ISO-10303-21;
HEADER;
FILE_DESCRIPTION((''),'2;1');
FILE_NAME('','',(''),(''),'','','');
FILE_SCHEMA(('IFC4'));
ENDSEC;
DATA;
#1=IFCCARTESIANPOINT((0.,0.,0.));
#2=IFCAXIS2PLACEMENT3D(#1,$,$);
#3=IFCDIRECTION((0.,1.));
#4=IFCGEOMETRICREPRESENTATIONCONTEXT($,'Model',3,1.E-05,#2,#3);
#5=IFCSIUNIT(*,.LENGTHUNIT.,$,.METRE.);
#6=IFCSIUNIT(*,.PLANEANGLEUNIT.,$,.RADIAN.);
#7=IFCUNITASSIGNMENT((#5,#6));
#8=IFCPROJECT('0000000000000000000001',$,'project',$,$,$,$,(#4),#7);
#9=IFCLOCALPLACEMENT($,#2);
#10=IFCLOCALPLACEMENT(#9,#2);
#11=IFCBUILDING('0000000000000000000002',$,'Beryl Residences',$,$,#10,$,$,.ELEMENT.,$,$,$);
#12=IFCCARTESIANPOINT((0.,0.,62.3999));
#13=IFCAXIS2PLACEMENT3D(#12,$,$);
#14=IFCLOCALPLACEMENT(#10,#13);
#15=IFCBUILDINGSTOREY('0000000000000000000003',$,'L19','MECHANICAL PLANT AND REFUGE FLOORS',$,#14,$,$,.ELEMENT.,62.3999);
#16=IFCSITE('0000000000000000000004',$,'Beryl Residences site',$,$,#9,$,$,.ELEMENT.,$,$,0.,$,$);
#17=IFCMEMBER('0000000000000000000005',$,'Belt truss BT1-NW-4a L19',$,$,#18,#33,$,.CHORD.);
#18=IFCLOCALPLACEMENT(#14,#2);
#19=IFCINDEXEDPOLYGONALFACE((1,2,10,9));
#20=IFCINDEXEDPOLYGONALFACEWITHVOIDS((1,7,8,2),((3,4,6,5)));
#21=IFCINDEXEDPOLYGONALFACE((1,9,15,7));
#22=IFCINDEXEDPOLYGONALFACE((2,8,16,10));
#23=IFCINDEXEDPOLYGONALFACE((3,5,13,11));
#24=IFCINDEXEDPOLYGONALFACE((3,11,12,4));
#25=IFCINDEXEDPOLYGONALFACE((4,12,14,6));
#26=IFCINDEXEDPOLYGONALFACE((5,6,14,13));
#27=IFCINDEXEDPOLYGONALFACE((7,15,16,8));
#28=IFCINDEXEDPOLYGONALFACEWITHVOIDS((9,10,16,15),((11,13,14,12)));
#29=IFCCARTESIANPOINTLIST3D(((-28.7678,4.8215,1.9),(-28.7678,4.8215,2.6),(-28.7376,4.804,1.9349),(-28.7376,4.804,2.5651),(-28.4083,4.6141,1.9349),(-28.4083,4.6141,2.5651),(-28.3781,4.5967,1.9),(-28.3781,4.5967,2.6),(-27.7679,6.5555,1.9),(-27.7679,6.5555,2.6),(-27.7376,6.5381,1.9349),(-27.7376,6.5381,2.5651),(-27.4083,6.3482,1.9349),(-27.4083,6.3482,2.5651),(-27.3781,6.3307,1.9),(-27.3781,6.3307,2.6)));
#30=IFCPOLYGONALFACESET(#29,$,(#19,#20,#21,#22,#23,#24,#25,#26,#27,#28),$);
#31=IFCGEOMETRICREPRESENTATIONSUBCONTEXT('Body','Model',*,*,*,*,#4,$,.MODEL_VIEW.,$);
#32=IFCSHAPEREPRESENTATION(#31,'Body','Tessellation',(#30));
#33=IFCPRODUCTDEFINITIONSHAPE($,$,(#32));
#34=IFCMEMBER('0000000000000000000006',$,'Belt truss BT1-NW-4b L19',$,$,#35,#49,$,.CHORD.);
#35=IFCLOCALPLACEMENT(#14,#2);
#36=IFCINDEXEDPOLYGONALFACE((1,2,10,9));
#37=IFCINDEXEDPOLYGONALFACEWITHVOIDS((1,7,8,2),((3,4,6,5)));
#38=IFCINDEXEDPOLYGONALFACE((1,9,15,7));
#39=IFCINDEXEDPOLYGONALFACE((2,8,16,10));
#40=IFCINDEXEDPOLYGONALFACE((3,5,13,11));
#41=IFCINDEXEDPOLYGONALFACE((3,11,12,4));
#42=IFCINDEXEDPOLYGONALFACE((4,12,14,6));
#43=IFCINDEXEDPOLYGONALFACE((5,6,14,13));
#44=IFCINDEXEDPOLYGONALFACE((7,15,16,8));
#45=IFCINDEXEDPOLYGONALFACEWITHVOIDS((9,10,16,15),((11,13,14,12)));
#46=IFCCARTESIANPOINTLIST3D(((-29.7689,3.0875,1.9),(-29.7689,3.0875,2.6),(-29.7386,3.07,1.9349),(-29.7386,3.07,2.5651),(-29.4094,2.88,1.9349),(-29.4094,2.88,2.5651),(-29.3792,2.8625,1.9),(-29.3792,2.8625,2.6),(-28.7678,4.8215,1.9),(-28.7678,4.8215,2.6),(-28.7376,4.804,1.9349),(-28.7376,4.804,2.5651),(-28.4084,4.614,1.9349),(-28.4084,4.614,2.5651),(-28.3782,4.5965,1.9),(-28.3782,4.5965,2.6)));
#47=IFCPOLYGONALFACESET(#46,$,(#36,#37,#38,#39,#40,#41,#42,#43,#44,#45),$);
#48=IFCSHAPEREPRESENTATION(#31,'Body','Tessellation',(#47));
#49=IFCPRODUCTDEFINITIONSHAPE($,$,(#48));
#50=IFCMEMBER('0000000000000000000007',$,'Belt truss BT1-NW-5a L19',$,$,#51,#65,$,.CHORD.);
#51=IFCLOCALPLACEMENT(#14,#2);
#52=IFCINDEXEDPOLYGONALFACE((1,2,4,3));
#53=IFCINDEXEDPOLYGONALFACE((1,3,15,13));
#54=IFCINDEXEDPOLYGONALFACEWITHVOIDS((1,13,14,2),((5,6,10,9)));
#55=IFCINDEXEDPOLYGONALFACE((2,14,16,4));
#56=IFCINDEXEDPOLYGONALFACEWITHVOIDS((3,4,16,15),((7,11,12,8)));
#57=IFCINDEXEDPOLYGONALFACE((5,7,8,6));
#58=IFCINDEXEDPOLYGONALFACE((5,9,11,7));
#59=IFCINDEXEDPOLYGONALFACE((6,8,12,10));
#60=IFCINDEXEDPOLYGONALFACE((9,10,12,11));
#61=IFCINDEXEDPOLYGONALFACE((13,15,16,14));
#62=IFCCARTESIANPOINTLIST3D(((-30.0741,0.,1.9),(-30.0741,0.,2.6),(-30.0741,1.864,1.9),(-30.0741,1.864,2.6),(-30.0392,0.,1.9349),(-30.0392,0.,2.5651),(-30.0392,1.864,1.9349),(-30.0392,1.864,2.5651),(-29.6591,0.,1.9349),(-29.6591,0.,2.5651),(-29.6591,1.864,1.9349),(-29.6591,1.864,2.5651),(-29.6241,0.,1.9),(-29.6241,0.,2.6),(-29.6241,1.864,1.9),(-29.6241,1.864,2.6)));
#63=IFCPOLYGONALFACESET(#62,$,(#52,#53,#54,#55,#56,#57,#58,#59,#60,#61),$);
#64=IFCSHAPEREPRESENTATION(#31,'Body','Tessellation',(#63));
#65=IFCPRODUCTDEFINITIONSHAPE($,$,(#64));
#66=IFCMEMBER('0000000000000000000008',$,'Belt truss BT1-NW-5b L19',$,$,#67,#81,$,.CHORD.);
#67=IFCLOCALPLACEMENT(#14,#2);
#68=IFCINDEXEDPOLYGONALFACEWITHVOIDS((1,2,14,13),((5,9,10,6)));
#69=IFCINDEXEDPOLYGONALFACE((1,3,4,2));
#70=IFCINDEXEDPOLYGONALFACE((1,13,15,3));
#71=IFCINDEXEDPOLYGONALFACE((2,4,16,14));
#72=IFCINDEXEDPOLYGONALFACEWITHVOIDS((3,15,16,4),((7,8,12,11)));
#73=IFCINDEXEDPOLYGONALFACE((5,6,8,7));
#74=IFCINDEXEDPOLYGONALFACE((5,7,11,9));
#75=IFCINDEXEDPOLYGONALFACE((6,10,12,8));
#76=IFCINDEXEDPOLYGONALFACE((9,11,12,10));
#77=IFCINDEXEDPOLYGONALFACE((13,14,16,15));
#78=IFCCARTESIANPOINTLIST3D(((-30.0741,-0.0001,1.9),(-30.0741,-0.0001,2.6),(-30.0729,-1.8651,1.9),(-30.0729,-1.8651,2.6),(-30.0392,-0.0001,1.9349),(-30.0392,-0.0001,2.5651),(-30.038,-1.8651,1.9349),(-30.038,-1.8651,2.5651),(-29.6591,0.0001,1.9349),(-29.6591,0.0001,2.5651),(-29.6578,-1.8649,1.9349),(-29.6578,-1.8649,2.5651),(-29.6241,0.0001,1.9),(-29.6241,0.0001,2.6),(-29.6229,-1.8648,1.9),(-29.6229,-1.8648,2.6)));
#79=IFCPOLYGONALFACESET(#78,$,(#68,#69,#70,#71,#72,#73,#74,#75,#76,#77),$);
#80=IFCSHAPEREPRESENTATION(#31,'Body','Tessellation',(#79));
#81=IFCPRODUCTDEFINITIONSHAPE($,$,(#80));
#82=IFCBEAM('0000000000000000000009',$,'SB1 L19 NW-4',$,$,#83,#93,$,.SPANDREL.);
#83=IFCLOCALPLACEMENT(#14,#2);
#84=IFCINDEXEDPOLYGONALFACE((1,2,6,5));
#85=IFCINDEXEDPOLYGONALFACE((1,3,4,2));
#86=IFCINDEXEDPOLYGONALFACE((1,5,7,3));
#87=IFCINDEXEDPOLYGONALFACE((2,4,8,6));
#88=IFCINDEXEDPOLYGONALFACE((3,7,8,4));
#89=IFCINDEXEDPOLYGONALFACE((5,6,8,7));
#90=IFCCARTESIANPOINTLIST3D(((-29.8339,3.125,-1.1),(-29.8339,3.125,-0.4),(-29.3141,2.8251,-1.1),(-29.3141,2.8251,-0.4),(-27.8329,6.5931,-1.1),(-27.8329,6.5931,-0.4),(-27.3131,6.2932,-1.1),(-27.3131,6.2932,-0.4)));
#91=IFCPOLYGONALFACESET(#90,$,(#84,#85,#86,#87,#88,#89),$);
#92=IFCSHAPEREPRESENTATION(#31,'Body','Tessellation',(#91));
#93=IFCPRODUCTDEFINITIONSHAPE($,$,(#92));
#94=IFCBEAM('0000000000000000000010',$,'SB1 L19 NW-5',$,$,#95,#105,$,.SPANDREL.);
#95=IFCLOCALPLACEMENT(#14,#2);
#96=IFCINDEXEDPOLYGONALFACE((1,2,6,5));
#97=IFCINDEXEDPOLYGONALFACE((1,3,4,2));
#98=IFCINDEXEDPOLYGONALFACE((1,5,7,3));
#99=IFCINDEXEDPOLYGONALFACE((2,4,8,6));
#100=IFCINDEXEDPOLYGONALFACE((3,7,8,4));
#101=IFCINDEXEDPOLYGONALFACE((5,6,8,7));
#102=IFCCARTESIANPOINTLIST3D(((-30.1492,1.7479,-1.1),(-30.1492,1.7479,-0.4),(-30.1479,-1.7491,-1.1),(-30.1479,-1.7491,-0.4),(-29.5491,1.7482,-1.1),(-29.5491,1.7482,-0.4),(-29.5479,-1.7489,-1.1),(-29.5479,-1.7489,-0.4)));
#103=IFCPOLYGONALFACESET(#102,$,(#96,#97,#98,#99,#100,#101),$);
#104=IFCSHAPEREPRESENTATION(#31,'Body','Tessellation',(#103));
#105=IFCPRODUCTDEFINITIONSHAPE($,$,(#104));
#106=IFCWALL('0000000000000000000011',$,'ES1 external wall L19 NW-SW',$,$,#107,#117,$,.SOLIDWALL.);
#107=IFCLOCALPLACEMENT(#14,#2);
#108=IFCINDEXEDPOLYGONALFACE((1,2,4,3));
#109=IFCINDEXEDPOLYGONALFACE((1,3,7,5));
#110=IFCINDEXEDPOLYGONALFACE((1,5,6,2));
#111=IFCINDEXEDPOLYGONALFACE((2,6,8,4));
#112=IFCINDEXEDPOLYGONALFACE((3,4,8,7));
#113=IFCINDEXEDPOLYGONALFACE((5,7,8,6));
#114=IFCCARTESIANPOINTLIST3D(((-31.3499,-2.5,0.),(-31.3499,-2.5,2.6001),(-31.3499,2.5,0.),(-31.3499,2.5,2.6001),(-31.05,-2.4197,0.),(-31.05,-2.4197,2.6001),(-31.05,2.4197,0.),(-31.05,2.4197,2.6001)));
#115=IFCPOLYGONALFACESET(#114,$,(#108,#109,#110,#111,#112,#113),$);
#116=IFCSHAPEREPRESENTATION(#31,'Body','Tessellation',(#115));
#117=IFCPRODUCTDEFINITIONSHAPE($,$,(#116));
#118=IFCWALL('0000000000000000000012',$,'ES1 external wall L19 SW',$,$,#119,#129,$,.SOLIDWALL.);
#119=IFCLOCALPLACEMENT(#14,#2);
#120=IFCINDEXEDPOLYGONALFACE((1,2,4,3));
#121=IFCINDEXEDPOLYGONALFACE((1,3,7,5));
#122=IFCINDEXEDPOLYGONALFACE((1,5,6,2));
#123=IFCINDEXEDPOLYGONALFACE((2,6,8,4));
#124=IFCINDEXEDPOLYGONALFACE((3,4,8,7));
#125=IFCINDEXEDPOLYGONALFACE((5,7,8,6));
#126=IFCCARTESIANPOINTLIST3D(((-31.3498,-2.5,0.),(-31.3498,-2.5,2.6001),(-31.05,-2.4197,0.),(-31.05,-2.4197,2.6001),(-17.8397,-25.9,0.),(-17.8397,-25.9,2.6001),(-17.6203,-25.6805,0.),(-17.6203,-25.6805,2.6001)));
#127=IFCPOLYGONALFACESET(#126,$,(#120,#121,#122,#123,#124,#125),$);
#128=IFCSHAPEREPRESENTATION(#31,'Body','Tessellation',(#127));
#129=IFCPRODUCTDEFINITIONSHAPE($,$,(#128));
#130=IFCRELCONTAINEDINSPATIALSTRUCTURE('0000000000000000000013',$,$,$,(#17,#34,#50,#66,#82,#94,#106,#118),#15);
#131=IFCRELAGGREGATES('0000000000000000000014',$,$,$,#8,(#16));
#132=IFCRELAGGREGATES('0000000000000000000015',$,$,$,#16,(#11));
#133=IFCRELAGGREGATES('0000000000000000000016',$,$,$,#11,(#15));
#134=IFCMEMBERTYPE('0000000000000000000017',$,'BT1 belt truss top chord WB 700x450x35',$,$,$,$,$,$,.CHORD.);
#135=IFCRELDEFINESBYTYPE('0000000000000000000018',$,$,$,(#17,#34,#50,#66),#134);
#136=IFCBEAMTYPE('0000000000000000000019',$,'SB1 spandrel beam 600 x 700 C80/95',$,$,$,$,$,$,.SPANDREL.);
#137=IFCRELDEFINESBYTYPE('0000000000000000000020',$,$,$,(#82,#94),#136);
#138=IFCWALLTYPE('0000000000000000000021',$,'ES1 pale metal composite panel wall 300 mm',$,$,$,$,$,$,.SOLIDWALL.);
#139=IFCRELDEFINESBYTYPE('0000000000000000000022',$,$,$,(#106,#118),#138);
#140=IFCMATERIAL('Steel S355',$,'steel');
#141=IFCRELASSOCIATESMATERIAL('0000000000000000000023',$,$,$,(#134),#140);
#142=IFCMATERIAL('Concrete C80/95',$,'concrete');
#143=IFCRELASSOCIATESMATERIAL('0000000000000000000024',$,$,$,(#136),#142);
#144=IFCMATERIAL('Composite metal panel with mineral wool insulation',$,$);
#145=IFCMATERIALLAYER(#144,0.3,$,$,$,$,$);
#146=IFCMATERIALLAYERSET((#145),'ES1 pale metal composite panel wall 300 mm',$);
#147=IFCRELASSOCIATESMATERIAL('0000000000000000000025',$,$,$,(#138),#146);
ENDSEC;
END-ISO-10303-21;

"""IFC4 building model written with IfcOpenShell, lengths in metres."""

from ifc_helpers import new_model, si_unit, direction, frame, origin, origin_2d, place, context, subcontext, project, spatial, polyline, rectangle, hollow_rectangle, outline, extrude, material, layer, layer_set, material_profile, profile_set, type_object, element, save


model = new_model("IFC4")

# Units and contexts
model_context = context("Model", 3, precision=1e-05, world=origin(), true_north=direction((0.0, 1.0)))
body_context = subcontext(model_context, "Body", "Model", "MODEL_VIEW")
ifc_project = project(units=[si_unit("LENGTHUNIT", "METRE"), si_unit("PLANEANGLEUNIT", "RADIAN")], contexts=[model_context])

# Site, building, storey
site_placement = place(None, origin())
site = spatial("IfcSite", under=ifc_project, at=site_placement, Name="Beryl Residences site", CompositionType="ELEMENT", RefElevation=0.0)
building_placement = place(site_placement, origin())
building = spatial("IfcBuilding", under=site, at=building_placement, Name="Beryl Residences", CompositionType="ELEMENT")
storey_placement = place(building_placement, frame((0.0, 0.0, 62.3999)))
storey = spatial("IfcBuildingStorey", under=building, at=storey_placement, Name="L19", Description="MECHANICAL PLANT AND REFUGE FLOORS", CompositionType="ELEMENT", Elevation=62.3999)

# Members
ifc_material_1 = material(Name="Steel S355", Category="steel")
ifc_material_profile_1 = material_profile(ifc_material_1, hollow_rectangle(XDim=0.45, YDim=0.7, WallThickness=0.0349, at=origin_2d()))
ifc_profile_set_1 = profile_set([ifc_material_profile_1], Name="Steel S355")
member_type_1 = type_object("IfcMemberType", Name="BT1 belt truss top chord WB 700x450x35", PredefinedType="CHORD", material=ifc_profile_set_1)
member_1_placement = place(storey_placement, frame((-27.573, 6.4431, 2.25), z_axis=(-0.49955, -0.866285, 0.0), x_axis=(0.866285, -0.49955, 0.0)))
element("IfcMember", 1, at=member_1_placement, inside=storey, type_object=member_type_1, Name="Belt truss BT1-NW-4a L19", PredefinedType="CHORD", context=body_context, shape_type="SweptSolid", body=[
    extrude(hollow_rectangle(XDim=0.45, YDim=0.7, WallThickness=0.0349, at=origin_2d()), origin(), (0.0, 0.0, 1.0), 2.0017),
])
member_2_placement = place(storey_placement, frame((-28.573, 4.709, 2.25), z_axis=(-0.499969, -0.866043, 0.0), x_axis=(0.866043, -0.499969, 0.0)))
element("IfcMember", 2, at=member_2_placement, inside=storey, type_object=member_type_1, Name="Belt truss BT1-NW-4b L19", PredefinedType="CHORD", context=body_context, shape_type="SweptSolid", body=[
    extrude(hollow_rectangle(XDim=0.45, YDim=0.7, WallThickness=0.0349, at=origin_2d()), origin(), (0.0, 0.0, 1.0), 2.0022),
])
member_3_placement = place(storey_placement, frame((-29.8491, 1.864, 2.25), z_axis=(0.0, -1.0, 0.0), x_axis=(1.0, 0.0, 0.0)))
element("IfcMember", 3, at=member_3_placement, inside=storey, type_object=member_type_1, Name="Belt truss BT1-NW-5a L19", PredefinedType="CHORD", context=body_context, shape_type="SweptSolid", body=[
    extrude(hollow_rectangle(XDim=0.45, YDim=0.7, WallThickness=0.0349, at=origin_2d()), origin(), (0.0, 0.0, 1.0), 1.864),
])
member_4_placement = place(storey_placement, frame((-29.8491, 0.0, 2.25), z_axis=(0.000655, -1.0, 0.0), x_axis=(1.0, 0.000655, 0.0)))
element("IfcMember", 4, at=member_4_placement, inside=storey, type_object=member_type_1, Name="Belt truss BT1-NW-5b L19", PredefinedType="CHORD", context=body_context, shape_type="SweptSolid", body=[
    extrude(hollow_rectangle(XDim=0.45, YDim=0.7, WallThickness=0.0349, at=origin_2d()), origin(), (0.0, 0.0, 1.0), 1.865),
])

# Beams
ifc_material_2 = material(Name="Concrete C80/95", Category="concrete")
ifc_material_profile_2 = material_profile(ifc_material_2, rectangle(XDim=0.6001, YDim=0.7, at=origin_2d()))
ifc_profile_set_2 = profile_set([ifc_material_profile_2], Name="Concrete C80/95")
beam_type = type_object("IfcBeamType", Name="SB1 spandrel beam 600 x 700 C80/95", PredefinedType="SPANDREL", material=ifc_profile_set_2)
beam_1_placement = place(storey_placement, frame((-27.573, 6.4431, -0.75), z_axis=(-0.499759, -0.866164, 0.0), x_axis=(0.866164, -0.499759, 0.0)))
element("IfcBeam", 5, at=beam_1_placement, inside=storey, type_object=beam_type, Name="SB1 L19 NW-4", PredefinedType="SPANDREL", context=body_context, shape_type="SweptSolid", body=[
    extrude(rectangle(XDim=0.6001, YDim=0.7, at=origin_2d()), origin(), (0.0, 0.0, 1.0), 4.0039),
])
beam_2_placement = place(storey_placement, frame((-29.8491, 1.748, -0.75), z_axis=(0.000349, -1.0, 0.0), x_axis=(1.0, 0.000349, 0.0)))
element("IfcBeam", 6, at=beam_2_placement, inside=storey, type_object=beam_type, Name="SB1 L19 NW-5", PredefinedType="SPANDREL", context=body_context, shape_type="SweptSolid", body=[
    extrude(rectangle(XDim=0.6001, YDim=0.7, at=origin_2d()), origin(), (0.0, 0.0, 1.0), 3.4971),
])

# Walls
ifc_material_3 = material(Name="Composite metal panel with mineral wool insulation")
ifc_layer_1 = layer(ifc_material_3, 0.3)
ifc_layer_set_1 = layer_set([ifc_layer_1], Name="ES1 pale metal composite panel wall 300 mm")
wall_type_1 = type_object("IfcWallType", Name="ES1 pale metal composite panel wall 300 mm", PredefinedType="SOLIDWALL", material=ifc_layer_set_1)
wall_1_placement = place(storey_placement, frame((-31.2, 2.5, 0.0), z_axis=(0.0, 0.0, 1.0), x_axis=(0.0, -1.0, 0.0)))
element("IfcWall", 7, at=wall_1_placement, inside=storey, type_object=wall_type_1, Name="ES1 external wall L19 NW-SW", PredefinedType="SOLIDWALL", context=body_context, shape_type="SweptSolid", body=[
    extrude(outline(polyline([(0.0, -0.1499), (5.0, -0.1499), (4.9197, 0.1499), (0.0803, 0.1499), (0.0, -0.1499)])), origin(), (0.0, 0.0, 1.0), 2.6001),
])
wall_2_placement = place(storey_placement, frame((-31.22, -2.425, 0.0), z_axis=(0.0, 0.0, 1.0), x_axis=(0.500002, -0.866024, 0.0)))
element("IfcWall", 8, at=wall_2_placement, inside=storey, type_object=wall_type_1, Name="ES1 external wall L19 SW", PredefinedType="SOLIDWALL", context=body_context, shape_type="SweptSolid", body=[
    extrude(outline(polyline([(0.0, -0.1499), (27.02, -0.1499), (26.9397, 0.1499), (0.0803, 0.1499), (0.0, -0.1499)])), origin(), (0.0, 0.0, 1.0), 2.6001),
])

save(model, "model.ifc")
